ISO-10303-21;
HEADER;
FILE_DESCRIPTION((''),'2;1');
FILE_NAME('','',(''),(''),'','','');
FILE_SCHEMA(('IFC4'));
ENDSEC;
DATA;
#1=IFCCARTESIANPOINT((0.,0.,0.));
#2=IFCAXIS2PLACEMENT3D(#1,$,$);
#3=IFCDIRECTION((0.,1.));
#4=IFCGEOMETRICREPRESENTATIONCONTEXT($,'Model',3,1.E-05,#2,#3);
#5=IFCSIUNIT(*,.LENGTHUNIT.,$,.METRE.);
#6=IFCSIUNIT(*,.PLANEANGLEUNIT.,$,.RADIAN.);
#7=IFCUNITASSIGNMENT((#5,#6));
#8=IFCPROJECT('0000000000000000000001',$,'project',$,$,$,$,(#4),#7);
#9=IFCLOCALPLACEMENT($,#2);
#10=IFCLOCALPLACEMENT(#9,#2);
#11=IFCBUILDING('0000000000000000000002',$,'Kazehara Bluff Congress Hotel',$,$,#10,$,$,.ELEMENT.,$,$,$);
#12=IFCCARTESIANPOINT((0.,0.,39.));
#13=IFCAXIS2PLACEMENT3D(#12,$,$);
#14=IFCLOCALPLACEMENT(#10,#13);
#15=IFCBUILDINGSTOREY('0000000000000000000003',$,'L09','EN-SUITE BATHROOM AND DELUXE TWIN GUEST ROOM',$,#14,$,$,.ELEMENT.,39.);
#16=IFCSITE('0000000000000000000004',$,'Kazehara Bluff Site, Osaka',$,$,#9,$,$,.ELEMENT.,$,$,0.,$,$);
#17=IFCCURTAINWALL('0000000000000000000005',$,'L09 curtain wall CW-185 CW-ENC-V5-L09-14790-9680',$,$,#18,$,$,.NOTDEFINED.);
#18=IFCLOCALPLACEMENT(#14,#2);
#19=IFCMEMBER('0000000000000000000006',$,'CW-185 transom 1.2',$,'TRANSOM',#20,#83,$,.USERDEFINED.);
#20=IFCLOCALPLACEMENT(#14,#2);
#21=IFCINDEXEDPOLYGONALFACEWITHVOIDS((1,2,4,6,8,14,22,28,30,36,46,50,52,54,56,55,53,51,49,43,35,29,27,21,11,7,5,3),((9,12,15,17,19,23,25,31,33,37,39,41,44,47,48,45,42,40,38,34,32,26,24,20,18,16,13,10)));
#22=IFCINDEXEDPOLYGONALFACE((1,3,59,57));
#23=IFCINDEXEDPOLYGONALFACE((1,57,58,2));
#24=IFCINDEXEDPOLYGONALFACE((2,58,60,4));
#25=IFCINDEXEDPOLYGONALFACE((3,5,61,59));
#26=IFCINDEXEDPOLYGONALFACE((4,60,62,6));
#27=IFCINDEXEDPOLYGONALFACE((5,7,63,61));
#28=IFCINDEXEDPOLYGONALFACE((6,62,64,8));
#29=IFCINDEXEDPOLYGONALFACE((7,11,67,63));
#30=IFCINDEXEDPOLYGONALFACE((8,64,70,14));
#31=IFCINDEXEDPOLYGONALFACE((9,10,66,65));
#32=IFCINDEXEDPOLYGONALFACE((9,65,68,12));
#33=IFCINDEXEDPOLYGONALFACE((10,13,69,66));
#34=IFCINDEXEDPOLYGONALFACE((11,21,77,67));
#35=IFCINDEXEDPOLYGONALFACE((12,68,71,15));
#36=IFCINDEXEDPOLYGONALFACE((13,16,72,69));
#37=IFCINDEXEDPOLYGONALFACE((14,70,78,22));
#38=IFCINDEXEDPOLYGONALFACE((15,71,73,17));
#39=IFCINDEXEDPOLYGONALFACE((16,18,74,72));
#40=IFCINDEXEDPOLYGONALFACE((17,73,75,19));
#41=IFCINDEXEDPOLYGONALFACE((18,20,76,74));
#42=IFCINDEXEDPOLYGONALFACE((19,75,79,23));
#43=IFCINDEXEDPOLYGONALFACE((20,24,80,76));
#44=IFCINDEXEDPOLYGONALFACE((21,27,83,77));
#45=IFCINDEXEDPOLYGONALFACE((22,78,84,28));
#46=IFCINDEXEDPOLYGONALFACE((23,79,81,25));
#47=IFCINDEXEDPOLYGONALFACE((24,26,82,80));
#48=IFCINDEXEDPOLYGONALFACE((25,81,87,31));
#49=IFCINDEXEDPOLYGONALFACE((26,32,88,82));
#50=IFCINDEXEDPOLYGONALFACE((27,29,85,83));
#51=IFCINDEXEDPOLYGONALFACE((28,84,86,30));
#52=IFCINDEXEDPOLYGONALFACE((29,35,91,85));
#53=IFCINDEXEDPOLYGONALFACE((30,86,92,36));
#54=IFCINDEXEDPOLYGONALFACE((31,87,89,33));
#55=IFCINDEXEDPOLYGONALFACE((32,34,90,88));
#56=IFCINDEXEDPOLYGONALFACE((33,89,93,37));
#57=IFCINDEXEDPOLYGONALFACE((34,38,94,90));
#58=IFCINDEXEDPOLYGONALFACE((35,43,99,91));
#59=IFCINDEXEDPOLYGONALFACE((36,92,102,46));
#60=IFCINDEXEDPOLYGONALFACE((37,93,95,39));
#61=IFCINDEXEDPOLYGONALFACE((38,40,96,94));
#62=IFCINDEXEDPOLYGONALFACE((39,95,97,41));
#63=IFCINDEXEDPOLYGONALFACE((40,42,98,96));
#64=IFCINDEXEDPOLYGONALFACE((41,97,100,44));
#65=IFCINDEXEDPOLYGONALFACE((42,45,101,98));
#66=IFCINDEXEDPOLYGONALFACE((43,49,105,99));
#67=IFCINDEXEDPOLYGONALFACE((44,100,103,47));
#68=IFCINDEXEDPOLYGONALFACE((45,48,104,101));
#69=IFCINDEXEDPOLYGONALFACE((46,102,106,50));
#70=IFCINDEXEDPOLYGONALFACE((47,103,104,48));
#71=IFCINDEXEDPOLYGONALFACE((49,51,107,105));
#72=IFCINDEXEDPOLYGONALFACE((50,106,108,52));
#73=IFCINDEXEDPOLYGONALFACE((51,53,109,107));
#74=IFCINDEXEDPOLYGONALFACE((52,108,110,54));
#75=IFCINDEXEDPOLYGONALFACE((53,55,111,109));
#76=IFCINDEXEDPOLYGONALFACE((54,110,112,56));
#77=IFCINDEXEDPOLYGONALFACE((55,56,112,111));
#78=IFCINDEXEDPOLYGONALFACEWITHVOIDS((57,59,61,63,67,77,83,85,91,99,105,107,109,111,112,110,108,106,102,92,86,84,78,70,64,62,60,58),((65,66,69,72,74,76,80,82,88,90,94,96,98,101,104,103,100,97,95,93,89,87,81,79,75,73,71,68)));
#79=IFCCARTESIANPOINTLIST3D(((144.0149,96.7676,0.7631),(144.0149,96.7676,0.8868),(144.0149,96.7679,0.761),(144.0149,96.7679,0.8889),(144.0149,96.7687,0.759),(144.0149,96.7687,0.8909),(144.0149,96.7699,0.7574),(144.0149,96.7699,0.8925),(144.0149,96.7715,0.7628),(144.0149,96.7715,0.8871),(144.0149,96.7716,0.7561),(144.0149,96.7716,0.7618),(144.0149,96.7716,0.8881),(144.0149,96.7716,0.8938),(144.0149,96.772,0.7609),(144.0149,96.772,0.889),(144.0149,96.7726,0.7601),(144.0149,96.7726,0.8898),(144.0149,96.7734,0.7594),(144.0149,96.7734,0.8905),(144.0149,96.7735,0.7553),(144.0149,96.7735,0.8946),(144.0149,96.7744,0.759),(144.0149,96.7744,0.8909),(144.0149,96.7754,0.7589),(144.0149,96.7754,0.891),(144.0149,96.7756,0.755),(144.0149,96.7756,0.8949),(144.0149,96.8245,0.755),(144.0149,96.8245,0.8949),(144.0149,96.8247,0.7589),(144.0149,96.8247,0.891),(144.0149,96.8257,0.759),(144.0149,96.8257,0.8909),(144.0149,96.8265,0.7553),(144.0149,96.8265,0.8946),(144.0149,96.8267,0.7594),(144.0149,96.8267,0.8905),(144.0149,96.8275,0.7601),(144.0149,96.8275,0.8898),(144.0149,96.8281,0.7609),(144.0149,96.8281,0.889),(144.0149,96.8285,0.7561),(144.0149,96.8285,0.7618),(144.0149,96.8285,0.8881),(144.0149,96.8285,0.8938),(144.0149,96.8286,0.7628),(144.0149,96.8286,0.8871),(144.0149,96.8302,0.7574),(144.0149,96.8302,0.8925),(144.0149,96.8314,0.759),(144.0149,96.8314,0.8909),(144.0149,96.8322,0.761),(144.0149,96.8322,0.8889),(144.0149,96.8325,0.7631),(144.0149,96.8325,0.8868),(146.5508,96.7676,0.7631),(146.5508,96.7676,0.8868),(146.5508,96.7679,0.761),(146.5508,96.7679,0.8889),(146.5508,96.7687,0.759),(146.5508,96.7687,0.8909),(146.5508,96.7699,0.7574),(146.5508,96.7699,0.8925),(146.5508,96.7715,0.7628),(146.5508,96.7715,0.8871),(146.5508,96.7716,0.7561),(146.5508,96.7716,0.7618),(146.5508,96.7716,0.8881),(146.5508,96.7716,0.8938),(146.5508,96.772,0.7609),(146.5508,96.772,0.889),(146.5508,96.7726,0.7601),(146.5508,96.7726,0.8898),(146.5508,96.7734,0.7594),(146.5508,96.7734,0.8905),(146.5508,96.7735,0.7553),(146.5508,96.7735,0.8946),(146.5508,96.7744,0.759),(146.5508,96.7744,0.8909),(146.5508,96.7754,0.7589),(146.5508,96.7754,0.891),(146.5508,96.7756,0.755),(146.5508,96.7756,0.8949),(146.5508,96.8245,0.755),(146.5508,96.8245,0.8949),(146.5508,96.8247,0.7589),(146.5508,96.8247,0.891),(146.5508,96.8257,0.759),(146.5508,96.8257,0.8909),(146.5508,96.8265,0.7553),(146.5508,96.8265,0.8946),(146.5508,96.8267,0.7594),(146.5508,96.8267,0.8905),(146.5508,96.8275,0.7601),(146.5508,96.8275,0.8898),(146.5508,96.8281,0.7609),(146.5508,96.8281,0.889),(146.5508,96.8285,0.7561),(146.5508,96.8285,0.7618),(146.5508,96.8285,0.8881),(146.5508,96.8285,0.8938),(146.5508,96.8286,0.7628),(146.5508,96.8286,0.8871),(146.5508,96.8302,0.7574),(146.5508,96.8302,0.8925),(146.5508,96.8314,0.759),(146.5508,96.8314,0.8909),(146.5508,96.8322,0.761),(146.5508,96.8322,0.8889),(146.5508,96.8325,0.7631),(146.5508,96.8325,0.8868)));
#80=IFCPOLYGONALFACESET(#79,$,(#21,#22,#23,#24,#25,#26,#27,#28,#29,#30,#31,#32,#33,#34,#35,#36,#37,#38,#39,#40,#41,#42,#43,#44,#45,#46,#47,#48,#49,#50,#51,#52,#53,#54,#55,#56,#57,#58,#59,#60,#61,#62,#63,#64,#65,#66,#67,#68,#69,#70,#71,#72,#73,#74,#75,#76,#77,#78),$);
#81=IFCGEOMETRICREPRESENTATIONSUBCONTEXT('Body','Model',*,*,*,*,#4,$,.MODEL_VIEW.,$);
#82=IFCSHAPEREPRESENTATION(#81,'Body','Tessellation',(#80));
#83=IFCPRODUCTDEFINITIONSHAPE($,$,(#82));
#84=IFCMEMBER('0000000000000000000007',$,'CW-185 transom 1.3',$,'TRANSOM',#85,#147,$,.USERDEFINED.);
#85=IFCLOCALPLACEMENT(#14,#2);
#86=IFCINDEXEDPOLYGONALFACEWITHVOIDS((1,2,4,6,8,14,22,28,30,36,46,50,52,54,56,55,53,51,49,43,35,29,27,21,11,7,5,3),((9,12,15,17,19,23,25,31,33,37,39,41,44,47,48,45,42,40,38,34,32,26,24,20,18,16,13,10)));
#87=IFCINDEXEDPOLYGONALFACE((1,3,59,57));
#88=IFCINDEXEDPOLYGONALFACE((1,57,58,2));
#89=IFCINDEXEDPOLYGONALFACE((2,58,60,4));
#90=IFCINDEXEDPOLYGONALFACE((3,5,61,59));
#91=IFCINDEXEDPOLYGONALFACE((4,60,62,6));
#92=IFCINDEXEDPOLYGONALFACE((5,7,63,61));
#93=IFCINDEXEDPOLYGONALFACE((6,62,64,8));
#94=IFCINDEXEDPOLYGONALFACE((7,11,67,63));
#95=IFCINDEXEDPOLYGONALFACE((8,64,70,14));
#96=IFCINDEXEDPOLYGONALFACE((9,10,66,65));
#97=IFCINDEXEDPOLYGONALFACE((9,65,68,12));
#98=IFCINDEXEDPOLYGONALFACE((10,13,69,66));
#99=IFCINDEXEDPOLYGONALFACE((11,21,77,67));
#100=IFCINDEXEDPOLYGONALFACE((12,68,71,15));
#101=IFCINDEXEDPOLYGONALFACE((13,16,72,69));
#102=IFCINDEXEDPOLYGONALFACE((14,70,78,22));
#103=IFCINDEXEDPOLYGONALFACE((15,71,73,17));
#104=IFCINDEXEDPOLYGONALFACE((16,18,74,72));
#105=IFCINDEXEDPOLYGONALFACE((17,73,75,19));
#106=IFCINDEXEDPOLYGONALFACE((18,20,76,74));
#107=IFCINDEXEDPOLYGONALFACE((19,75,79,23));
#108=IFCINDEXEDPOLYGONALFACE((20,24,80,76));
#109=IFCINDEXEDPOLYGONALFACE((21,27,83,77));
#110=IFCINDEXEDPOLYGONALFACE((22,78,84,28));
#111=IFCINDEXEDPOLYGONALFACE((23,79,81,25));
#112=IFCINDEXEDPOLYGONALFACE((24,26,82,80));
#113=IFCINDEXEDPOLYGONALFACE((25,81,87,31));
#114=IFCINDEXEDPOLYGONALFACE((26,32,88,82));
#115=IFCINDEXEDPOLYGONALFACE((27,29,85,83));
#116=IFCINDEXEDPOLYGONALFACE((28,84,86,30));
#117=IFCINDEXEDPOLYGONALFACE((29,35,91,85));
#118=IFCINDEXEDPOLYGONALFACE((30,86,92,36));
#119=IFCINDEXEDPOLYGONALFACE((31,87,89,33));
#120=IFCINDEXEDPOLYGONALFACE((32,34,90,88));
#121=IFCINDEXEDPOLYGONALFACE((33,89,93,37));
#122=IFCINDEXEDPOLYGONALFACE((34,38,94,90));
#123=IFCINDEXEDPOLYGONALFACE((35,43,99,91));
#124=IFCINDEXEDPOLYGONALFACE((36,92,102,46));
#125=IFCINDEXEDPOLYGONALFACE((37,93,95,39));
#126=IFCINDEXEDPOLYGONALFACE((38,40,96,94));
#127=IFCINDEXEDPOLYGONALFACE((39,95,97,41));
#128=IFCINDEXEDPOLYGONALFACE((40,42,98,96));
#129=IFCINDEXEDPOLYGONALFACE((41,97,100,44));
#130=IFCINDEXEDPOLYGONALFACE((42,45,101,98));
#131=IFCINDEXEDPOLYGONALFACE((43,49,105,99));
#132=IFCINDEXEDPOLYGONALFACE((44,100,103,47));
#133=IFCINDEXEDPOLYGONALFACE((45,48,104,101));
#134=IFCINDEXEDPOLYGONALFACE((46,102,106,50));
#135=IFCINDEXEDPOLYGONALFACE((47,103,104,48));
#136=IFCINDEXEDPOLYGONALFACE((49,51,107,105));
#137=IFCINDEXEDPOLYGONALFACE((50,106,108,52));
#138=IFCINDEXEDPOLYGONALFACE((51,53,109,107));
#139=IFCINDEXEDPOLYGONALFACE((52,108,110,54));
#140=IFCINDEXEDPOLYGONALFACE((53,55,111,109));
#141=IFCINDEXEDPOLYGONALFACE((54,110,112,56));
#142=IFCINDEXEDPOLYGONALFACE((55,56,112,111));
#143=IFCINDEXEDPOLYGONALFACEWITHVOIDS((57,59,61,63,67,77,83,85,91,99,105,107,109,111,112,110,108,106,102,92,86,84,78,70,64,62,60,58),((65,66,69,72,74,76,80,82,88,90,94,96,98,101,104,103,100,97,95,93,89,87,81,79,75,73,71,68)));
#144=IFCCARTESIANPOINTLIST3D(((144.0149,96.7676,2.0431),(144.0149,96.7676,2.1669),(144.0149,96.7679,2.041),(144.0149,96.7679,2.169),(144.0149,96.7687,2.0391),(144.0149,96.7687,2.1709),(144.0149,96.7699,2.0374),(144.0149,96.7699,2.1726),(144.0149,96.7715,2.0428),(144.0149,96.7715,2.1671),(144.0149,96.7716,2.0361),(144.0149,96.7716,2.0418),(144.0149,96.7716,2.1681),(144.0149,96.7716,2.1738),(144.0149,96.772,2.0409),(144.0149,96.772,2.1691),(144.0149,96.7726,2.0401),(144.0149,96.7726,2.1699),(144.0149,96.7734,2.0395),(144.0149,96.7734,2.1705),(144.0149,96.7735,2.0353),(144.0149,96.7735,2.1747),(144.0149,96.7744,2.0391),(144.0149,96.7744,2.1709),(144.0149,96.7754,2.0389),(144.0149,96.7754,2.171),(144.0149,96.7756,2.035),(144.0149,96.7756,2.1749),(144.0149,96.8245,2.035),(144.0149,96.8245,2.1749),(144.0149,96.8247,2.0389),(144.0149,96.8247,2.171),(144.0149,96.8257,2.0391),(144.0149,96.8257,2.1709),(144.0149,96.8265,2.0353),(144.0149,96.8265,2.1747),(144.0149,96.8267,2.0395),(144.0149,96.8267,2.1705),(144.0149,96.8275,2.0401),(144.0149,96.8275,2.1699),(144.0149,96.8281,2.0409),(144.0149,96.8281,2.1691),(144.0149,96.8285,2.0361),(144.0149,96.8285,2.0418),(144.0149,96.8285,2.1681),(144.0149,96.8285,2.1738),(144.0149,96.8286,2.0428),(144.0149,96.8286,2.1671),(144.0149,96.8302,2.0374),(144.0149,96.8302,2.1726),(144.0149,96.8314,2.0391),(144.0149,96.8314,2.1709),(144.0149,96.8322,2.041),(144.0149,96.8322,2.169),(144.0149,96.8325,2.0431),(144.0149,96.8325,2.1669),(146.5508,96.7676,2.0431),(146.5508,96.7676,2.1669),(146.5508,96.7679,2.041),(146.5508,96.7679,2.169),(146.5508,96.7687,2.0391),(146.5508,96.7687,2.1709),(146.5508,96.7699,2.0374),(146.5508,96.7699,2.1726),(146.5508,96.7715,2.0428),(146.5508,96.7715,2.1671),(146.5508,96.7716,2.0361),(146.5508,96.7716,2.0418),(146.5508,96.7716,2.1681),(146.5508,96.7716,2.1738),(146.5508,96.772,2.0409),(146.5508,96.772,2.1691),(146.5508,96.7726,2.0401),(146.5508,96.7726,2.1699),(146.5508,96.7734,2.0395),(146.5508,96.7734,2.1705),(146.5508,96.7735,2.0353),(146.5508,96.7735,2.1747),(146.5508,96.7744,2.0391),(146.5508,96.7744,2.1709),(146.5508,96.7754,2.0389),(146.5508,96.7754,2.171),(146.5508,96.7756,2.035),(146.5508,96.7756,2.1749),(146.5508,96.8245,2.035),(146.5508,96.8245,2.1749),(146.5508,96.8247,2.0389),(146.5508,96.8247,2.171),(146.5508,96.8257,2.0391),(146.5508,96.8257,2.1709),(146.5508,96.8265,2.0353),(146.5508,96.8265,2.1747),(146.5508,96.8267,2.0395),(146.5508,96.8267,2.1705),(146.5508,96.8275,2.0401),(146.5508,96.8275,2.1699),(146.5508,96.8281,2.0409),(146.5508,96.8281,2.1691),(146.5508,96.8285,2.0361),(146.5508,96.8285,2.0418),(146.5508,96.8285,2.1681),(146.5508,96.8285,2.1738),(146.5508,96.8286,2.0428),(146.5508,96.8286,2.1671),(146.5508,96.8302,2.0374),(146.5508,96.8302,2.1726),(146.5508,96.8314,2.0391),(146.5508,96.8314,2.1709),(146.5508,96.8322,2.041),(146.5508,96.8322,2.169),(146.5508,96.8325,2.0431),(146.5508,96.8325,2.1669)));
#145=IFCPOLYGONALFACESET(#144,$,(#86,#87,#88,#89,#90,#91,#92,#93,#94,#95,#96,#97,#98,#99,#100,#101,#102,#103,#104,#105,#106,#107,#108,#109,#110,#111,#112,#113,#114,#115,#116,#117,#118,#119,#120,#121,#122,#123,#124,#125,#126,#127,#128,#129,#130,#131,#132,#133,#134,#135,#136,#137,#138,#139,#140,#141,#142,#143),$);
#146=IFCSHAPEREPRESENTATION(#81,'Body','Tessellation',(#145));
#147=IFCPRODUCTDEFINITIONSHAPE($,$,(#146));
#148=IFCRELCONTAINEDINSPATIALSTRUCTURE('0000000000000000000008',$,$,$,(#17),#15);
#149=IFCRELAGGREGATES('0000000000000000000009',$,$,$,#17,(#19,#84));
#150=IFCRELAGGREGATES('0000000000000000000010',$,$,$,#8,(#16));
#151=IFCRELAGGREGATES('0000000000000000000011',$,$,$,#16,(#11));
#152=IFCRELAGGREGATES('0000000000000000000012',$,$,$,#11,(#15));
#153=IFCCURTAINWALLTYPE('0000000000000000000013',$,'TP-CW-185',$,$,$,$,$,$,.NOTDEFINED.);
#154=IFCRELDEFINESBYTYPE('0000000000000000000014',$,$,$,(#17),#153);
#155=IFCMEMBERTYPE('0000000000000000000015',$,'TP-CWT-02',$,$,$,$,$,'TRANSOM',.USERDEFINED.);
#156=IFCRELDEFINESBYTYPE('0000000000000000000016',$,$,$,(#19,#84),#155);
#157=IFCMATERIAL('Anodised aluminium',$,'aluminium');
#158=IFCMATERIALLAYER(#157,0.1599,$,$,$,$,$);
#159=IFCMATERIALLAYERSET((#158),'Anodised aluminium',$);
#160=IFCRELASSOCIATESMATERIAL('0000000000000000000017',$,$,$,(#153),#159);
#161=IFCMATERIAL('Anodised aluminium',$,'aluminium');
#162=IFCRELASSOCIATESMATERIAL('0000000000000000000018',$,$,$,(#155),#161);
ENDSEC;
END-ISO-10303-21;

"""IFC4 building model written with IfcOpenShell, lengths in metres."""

from ifc_helpers import new_model, si_unit, direction, frame, origin, origin_2d, place, context, subcontext, project, spatial, hollow_rectangle, extrude, material, layer, layer_set, material_profile, profile_set, type_object, element, aggregate, save


model = new_model("IFC4")

# Units and contexts
model_context = context("Model", 3, precision=1e-05, world=origin(), true_north=direction((0.0, 1.0)))
body_context = subcontext(model_context, "Body", "Model", "MODEL_VIEW")
ifc_project = project(units=[si_unit("LENGTHUNIT", "METRE"), si_unit("PLANEANGLEUNIT", "RADIAN")], contexts=[model_context])

# Site, building, storey
site_placement = place(None, origin())
site = spatial("IfcSite", under=ifc_project, at=site_placement, Name="Kazehara Bluff Site, Osaka", CompositionType="ELEMENT", RefElevation=0.0)
building_placement = place(site_placement, origin())
building = spatial("IfcBuilding", under=site, at=building_placement, Name="Kazehara Bluff Congress Hotel", CompositionType="ELEMENT")
storey_placement = place(building_placement, frame((0.0, 0.0, 39.0)))
storey = spatial("IfcBuildingStorey", under=building, at=storey_placement, Name="L09", Description="EN-SUITE BATHROOM AND DELUXE TWIN GUEST ROOM", CompositionType="ELEMENT", Elevation=39.0)

# Curtain wall, members
ifc_material_1 = material(Name="Anodised aluminium", Category="aluminium")
ifc_layer_1 = layer(ifc_material_1, 0.1599)
ifc_layer_set_1 = layer_set([ifc_layer_1], Name="Anodised aluminium")
curtain_wall_type = type_object("IfcCurtainWallType", Name="TP-CW-185", PredefinedType="NOTDEFINED", material=ifc_layer_set_1)
curtain_wall_placement = place(storey_placement, origin())
curtain_wall = element("IfcCurtainWall", 1, at=curtain_wall_placement, inside=storey, type_object=curtain_wall_type, Name="L09 curtain wall CW-185 CW-ENC-V5-L09-14790-9680", PredefinedType="NOTDEFINED")
ifc_material_2 = material(Name="Anodised aluminium", Category="aluminium")
ifc_material_profile_1 = material_profile(ifc_material_2, hollow_rectangle(XDim=0.0649, YDim=0.1399, WallThickness=0.0039, InnerFilletRadius=0.0039, OuterFilletRadius=0.0081, at=origin_2d()))
ifc_profile_set_1 = profile_set([ifc_material_profile_1], Name="Anodised aluminium")
member_type_1 = type_object("IfcMemberType", Name="TP-CWT-02", ElementType="TRANSOM", PredefinedType="USERDEFINED", material=ifc_profile_set_1)
member_1_placement = place(storey_placement, frame((144.0149, 96.8, 0.825), z_axis=(1.0, 0.0, 0.0), x_axis=(0.0, 1.0, 0.0)))
member_1 = element("IfcMember", 2, at=member_1_placement, type_object=member_type_1, Name="CW-185 transom 1.2", ObjectType="TRANSOM", PredefinedType="USERDEFINED", context=body_context, shape_type="SweptSolid", body=[
    extrude(hollow_rectangle(XDim=0.0649, YDim=0.1399, WallThickness=0.0039, InnerFilletRadius=0.0039, OuterFilletRadius=0.0081, at=origin_2d()), origin(), (0.0, 0.0, 1.0), 2.5359),
])
member_2_placement = place(storey_placement, frame((144.0149, 96.8, 2.105), z_axis=(1.0, 0.0, 0.0), x_axis=(0.0, 1.0, 0.0)))
member_2 = element("IfcMember", 3, at=member_2_placement, type_object=member_type_1, Name="CW-185 transom 1.3", ObjectType="TRANSOM", PredefinedType="USERDEFINED", context=body_context, shape_type="SweptSolid", body=[
    extrude(hollow_rectangle(XDim=0.0649, YDim=0.1399, WallThickness=0.0039, InnerFilletRadius=0.0039, OuterFilletRadius=0.0081, at=origin_2d()), origin(), (0.0, 0.0, 1.0), 2.5359),
])
aggregate(curtain_wall, [member_1, member_2])

save(model, "model.ifc")
